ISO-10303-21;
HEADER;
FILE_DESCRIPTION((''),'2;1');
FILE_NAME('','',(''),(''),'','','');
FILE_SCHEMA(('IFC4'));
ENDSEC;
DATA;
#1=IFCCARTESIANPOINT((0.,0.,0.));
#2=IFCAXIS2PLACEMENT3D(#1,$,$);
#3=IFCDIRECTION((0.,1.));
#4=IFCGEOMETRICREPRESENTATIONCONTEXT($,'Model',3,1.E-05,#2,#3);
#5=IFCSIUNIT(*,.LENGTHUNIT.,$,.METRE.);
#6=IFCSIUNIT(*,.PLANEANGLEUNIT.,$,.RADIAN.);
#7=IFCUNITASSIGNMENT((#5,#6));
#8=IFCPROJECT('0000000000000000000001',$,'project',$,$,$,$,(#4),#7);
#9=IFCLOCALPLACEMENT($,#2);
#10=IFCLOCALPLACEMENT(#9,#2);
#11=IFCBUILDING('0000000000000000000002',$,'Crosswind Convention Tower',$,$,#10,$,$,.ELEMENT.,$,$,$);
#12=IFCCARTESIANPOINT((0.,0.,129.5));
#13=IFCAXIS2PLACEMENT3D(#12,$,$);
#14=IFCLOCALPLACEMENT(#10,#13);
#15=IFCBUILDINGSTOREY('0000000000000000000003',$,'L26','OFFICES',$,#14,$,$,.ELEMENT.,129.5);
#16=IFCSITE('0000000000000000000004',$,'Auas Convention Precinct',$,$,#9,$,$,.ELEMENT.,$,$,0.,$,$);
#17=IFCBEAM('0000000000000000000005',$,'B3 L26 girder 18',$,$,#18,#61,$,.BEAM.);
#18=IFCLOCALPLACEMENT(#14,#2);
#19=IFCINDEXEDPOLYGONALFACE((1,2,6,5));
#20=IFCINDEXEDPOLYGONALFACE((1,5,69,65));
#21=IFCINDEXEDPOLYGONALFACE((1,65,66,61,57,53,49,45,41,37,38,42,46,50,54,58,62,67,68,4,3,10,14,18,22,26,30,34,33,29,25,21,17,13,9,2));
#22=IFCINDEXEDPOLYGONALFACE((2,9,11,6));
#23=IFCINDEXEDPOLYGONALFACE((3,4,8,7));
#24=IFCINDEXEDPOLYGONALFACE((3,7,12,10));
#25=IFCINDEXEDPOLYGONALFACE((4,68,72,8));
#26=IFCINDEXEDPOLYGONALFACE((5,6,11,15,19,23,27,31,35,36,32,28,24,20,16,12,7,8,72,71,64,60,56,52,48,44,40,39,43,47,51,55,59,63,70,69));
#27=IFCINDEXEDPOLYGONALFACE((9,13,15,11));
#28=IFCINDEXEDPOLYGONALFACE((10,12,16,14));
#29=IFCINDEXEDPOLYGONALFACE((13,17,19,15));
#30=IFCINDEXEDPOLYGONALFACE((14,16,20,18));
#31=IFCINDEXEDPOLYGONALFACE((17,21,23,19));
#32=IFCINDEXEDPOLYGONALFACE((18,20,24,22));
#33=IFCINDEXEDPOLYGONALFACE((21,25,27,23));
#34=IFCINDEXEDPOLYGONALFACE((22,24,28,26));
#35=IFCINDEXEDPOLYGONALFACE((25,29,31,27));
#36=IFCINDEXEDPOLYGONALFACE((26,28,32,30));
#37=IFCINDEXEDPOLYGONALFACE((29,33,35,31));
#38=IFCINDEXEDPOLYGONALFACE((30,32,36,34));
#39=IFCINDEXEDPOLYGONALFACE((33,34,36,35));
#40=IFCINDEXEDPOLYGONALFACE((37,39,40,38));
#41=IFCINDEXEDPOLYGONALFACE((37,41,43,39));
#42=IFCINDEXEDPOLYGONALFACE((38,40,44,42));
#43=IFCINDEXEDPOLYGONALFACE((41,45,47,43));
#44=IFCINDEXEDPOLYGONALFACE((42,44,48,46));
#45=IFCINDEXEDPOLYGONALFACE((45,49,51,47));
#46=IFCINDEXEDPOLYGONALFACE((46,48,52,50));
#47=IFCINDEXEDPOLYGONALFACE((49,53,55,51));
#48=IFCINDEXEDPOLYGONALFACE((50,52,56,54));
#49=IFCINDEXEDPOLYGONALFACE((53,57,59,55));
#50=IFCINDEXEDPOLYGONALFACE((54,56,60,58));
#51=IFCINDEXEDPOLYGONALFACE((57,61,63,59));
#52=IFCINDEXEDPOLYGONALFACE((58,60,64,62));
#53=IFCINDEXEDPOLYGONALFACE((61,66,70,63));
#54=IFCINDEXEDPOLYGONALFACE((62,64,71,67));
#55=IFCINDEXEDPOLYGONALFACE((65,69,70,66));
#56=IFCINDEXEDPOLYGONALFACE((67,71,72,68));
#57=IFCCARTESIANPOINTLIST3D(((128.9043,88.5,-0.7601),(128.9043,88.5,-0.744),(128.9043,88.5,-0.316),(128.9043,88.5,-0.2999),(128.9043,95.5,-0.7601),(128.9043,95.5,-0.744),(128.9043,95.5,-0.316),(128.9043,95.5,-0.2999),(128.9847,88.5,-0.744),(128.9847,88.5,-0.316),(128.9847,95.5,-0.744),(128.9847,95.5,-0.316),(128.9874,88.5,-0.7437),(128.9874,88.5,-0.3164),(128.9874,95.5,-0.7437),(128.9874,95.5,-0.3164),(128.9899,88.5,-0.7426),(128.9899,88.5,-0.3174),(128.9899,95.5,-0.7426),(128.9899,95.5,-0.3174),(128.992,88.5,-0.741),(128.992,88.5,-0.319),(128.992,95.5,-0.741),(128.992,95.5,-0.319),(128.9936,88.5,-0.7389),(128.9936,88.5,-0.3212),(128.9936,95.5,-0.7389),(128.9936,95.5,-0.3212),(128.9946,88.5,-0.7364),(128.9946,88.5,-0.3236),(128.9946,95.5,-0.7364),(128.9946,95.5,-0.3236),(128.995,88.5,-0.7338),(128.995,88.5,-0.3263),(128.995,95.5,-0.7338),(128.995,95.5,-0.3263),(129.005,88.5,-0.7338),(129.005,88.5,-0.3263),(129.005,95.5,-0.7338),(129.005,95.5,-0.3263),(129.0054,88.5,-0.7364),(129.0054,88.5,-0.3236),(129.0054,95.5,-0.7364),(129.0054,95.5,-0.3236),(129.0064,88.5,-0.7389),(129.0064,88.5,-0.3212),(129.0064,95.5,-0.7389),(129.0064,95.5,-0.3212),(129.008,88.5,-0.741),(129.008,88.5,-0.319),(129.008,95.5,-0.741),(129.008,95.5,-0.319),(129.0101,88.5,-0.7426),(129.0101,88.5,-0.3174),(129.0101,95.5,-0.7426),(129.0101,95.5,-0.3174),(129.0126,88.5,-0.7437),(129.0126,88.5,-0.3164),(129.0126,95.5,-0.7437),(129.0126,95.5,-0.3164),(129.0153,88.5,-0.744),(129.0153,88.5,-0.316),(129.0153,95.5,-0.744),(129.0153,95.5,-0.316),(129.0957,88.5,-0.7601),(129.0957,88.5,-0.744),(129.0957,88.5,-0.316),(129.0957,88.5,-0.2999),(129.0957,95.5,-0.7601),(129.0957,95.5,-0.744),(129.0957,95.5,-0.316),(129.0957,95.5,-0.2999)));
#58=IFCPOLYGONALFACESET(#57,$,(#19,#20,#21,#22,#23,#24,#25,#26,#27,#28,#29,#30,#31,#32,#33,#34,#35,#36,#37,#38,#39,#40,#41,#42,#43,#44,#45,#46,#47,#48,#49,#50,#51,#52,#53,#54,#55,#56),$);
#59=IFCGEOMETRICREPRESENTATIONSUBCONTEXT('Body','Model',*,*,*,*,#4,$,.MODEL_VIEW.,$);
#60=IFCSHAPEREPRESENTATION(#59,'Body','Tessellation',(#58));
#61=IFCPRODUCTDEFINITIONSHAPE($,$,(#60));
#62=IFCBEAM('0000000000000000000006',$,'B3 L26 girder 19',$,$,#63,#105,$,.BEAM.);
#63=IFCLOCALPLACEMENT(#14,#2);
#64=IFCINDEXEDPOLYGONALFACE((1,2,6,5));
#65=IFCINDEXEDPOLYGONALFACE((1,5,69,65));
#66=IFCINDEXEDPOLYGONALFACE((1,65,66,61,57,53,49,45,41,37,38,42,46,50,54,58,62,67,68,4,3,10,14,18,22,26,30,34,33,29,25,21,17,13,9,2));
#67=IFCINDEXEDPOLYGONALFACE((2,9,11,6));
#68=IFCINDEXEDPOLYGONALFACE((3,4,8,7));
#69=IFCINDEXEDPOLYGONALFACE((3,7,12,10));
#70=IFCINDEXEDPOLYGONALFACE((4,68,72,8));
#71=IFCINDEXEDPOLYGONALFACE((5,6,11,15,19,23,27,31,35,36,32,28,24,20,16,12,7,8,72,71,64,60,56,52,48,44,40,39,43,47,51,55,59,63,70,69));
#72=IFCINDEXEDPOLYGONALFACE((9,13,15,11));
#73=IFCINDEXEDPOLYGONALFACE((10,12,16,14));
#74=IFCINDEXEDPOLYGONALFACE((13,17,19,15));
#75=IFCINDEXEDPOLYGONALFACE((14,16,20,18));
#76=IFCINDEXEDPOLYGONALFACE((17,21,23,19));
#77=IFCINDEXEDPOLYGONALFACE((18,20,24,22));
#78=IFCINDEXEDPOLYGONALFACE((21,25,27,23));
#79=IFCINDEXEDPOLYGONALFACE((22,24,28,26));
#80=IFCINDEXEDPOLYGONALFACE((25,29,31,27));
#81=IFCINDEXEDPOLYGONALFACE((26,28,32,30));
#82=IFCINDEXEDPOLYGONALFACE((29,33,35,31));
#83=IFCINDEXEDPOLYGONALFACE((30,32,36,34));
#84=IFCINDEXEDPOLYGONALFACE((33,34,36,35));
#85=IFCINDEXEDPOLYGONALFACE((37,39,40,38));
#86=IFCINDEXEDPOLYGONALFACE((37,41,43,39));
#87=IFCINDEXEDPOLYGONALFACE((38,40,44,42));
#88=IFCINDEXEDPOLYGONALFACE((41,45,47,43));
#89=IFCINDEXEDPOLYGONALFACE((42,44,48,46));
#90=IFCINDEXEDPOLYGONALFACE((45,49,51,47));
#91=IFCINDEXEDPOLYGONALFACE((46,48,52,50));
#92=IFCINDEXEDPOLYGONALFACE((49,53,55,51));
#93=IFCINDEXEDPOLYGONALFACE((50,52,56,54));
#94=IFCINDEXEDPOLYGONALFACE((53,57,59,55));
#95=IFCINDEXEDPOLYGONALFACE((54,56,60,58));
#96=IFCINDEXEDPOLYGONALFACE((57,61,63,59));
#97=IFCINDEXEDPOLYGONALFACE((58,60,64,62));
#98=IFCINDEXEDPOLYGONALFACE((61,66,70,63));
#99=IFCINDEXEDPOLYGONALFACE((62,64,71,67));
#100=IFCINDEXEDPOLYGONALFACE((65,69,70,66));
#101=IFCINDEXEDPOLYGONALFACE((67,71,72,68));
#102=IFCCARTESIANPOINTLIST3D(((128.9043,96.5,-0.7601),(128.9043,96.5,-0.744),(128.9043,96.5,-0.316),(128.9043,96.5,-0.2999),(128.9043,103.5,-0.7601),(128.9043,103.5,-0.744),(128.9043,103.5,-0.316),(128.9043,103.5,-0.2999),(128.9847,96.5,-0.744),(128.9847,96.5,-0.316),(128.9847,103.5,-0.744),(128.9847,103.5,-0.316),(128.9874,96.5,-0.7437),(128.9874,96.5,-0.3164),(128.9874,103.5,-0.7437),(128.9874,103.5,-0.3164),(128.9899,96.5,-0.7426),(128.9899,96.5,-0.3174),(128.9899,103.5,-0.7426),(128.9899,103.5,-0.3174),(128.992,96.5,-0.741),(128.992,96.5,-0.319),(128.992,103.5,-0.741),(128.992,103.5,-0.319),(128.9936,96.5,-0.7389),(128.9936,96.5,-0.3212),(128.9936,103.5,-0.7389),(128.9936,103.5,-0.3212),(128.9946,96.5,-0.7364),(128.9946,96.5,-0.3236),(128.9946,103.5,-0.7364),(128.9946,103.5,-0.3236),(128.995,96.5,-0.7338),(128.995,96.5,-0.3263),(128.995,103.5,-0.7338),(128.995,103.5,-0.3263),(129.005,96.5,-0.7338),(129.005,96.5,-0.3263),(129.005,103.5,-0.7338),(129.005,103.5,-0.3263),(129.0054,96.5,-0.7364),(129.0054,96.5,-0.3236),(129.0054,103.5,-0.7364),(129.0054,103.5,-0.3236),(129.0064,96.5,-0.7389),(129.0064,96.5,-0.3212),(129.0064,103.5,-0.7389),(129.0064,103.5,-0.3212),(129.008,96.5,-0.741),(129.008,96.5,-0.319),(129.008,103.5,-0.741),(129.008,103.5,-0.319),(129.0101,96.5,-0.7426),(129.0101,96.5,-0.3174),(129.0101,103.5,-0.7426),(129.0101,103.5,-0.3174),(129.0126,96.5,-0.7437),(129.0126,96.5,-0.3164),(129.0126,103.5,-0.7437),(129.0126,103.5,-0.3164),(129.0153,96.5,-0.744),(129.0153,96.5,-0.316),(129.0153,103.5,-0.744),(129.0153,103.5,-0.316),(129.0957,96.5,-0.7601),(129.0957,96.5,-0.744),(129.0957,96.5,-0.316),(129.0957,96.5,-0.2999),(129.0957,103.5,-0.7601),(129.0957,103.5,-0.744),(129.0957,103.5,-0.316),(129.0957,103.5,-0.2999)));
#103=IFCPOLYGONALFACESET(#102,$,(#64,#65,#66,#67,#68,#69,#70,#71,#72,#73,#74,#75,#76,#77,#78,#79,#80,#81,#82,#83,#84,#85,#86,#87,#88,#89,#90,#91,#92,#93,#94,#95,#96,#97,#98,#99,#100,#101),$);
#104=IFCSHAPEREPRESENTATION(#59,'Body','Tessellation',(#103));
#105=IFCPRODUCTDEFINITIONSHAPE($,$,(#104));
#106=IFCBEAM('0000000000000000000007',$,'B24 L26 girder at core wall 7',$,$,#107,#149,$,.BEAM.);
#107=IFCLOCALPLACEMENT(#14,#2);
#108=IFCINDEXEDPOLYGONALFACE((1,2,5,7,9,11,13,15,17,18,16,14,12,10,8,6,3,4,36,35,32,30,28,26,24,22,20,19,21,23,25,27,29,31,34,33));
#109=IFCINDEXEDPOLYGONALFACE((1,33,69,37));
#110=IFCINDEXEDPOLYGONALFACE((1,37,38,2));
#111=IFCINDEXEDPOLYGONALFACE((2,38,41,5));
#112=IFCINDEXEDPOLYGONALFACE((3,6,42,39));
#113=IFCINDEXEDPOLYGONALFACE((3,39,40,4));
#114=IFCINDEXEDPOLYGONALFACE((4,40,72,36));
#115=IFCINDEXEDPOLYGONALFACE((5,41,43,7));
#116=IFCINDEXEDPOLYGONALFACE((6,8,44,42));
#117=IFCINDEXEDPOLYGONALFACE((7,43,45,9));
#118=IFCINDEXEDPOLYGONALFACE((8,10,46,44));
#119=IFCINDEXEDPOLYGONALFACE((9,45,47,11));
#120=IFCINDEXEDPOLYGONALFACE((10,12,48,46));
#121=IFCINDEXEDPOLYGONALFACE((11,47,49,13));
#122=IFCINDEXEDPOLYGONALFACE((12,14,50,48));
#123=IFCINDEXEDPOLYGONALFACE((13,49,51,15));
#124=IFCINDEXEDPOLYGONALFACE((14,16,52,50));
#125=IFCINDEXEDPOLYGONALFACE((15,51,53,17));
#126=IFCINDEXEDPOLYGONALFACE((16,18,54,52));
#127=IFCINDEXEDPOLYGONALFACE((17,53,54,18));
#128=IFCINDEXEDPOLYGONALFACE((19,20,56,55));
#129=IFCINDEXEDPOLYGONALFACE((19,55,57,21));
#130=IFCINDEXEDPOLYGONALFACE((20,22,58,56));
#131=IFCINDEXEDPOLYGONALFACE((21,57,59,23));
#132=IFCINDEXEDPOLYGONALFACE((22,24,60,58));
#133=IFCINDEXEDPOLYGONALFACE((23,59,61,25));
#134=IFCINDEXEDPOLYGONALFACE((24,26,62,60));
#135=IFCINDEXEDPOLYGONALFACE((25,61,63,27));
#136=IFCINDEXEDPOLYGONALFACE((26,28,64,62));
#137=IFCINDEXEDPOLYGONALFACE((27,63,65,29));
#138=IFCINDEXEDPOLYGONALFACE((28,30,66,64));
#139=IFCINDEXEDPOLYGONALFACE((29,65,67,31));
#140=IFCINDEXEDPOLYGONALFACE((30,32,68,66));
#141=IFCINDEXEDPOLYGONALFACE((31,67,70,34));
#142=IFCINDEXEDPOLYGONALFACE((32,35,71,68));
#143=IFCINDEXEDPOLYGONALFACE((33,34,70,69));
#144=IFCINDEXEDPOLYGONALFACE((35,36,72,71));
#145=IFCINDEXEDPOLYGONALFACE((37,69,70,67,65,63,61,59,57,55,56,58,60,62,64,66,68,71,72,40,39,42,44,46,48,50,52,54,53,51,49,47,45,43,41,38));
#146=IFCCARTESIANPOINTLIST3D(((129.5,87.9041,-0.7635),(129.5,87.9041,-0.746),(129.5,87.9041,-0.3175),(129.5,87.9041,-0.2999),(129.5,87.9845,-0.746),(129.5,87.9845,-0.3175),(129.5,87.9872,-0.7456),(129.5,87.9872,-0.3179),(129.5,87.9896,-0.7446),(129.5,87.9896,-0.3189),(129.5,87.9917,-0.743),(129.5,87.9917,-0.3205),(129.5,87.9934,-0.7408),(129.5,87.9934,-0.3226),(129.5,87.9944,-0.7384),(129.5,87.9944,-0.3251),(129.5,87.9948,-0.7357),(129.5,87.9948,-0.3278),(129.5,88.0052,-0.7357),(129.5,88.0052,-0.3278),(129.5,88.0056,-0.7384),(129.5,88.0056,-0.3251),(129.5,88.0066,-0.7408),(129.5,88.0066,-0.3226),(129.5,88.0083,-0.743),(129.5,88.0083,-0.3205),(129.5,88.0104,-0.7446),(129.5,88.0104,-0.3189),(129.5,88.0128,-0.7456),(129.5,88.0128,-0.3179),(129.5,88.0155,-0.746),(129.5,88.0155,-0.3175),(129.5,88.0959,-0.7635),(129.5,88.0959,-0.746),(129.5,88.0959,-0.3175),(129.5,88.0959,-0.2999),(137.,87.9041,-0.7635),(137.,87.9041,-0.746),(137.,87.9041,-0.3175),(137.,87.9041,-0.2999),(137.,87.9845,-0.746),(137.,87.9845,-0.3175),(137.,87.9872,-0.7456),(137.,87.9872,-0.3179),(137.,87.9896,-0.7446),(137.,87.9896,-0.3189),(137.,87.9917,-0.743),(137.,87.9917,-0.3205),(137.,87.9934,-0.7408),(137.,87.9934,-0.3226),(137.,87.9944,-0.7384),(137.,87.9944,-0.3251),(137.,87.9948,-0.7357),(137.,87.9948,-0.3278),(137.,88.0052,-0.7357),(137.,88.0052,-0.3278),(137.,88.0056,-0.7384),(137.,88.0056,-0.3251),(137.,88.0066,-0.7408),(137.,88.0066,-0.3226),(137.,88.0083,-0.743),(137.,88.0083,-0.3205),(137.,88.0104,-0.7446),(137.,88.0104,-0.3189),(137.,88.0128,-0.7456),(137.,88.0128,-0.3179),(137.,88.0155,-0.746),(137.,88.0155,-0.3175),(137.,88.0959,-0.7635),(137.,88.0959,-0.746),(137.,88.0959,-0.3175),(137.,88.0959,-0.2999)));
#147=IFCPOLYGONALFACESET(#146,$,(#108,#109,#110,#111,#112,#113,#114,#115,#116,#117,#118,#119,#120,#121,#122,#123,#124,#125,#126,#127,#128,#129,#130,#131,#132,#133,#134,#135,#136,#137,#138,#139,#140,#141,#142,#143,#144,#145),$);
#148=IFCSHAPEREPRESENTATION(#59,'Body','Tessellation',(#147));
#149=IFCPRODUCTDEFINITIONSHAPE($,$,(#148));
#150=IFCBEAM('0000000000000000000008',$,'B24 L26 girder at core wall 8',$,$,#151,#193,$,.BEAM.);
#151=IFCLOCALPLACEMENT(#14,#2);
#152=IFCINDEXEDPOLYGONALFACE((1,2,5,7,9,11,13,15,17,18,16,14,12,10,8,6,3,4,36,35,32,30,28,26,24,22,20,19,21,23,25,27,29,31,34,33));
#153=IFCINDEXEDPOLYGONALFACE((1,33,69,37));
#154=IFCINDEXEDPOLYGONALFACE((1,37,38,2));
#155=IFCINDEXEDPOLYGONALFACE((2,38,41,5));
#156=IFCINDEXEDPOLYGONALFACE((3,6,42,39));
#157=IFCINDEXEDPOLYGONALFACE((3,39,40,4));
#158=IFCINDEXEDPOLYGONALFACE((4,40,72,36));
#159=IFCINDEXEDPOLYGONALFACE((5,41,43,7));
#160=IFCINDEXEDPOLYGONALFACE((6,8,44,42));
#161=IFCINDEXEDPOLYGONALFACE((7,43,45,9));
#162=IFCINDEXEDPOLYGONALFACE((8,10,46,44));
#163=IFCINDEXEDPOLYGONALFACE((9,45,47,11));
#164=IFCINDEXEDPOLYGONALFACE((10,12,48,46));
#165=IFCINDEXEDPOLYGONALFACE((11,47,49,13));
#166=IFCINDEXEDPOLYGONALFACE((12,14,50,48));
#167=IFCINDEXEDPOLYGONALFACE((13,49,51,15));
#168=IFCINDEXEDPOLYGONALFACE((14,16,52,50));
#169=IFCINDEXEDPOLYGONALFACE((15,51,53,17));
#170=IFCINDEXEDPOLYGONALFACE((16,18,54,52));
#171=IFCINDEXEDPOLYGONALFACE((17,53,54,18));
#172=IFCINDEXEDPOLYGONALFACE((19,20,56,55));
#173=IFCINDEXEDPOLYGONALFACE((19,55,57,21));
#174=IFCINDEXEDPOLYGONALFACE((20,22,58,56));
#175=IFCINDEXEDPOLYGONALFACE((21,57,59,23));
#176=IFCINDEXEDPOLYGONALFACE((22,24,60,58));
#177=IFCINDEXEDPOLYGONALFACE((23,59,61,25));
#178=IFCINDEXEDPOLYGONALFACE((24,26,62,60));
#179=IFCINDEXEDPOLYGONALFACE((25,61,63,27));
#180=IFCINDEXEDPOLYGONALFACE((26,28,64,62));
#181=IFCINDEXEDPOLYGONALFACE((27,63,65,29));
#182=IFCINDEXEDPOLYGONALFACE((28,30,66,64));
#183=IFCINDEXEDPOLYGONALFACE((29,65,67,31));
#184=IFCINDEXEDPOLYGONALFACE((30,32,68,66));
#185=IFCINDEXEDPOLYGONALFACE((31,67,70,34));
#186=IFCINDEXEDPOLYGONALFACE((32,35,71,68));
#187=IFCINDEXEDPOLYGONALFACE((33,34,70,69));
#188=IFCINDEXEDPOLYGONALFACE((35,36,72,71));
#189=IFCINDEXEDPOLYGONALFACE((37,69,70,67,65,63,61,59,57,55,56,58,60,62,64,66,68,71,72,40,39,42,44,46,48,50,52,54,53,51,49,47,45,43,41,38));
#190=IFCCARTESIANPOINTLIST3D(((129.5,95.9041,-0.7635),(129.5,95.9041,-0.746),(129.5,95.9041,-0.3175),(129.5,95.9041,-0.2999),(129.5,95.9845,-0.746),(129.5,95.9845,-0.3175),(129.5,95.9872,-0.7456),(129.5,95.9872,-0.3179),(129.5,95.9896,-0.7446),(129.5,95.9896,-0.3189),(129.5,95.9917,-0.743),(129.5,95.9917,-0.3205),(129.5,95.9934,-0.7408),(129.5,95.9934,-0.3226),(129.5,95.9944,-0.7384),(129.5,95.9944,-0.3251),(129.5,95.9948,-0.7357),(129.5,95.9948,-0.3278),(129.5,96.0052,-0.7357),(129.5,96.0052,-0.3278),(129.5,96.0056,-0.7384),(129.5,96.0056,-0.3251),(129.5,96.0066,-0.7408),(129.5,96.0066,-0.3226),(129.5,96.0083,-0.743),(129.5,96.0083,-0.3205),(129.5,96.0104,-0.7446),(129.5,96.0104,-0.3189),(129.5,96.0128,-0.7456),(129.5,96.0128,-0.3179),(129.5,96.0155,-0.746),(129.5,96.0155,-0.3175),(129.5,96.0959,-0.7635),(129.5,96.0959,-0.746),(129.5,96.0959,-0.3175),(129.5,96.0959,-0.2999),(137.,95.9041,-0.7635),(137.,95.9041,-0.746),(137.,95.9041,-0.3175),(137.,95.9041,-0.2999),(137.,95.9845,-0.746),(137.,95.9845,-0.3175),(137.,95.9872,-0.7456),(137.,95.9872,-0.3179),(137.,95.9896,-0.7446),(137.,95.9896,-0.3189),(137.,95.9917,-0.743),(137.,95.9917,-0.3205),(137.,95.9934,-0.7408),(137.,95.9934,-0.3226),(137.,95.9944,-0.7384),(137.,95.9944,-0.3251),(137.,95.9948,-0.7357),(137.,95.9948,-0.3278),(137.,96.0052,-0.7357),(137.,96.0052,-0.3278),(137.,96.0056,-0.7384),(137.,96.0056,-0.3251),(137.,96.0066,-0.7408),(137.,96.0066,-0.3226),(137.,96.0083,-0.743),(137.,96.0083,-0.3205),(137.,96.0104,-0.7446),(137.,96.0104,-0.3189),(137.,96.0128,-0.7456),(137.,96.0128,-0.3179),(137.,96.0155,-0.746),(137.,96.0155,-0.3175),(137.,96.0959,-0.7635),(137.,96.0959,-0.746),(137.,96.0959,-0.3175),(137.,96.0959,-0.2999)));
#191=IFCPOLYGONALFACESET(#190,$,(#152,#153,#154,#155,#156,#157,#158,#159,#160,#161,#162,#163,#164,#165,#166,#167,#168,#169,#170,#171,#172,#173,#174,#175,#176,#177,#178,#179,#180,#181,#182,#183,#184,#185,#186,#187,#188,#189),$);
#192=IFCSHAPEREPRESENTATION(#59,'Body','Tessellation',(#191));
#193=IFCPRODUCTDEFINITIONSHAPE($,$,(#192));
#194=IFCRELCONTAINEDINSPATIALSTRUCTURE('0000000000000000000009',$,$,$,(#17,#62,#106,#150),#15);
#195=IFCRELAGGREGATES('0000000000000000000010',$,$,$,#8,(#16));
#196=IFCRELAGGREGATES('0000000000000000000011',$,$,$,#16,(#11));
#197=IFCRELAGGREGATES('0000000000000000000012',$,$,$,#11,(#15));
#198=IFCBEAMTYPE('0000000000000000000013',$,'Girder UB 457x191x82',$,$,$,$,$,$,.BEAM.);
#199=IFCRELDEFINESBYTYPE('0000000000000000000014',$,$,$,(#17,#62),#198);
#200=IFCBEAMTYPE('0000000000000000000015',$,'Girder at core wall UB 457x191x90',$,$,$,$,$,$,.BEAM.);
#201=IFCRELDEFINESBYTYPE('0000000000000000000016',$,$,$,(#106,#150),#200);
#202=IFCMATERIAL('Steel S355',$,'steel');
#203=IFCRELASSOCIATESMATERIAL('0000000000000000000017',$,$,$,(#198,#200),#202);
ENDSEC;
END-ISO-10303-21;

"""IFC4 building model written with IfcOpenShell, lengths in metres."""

from ifc_helpers import new_model, si_unit, direction, frame, origin, origin_2d, place, context, subcontext, project, spatial, i_section, extrude, material, material_profile, profile_set, type_object, element, save


model = new_model("IFC4")

# Units and contexts
model_context = context("Model", 3, precision=1e-05, world=origin(), true_north=direction((0.0, 1.0)))
body_context = subcontext(model_context, "Body", "Model", "MODEL_VIEW")
ifc_project = project(units=[si_unit("LENGTHUNIT", "METRE"), si_unit("PLANEANGLEUNIT", "RADIAN")], contexts=[model_context])

# Site, building, storey
site_placement = place(None, origin())
site = spatial("IfcSite", under=ifc_project, at=site_placement, Name="Auas Convention Precinct", CompositionType="ELEMENT", RefElevation=0.0)
building_placement = place(site_placement, origin())
building = spatial("IfcBuilding", under=site, at=building_placement, Name="Crosswind Convention Tower", CompositionType="ELEMENT")
storey_placement = place(building_placement, frame((0.0, 0.0, 129.5)))
storey = spatial("IfcBuildingStorey", under=building, at=storey_placement, Name="L26", Description="OFFICES", CompositionType="ELEMENT", Elevation=129.5)

# Beams
ifc_material_1 = material(Name="Steel S355", Category="steel")
ifc_material_profile_1 = material_profile(ifc_material_1, i_section(OverallWidth=0.1914, OverallDepth=0.4602, WebThickness=0.01, FlangeThickness=0.0161, FilletRadius=0.0103, at=origin_2d()), Name="UB 457x191x82")
ifc_profile_set_1 = profile_set([ifc_material_profile_1], Name="Steel S355")
beam_type_1 = type_object("IfcBeamType", Name="Girder UB 457x191x82", PredefinedType="BEAM", material=ifc_profile_set_1)
for number, where, z_axis, x_axis, name in (
    (1, (129.0, 88.5, -0.53), (0.0, 1.0, 0.0), (-1.0, 0.0, 0.0), "B3 L26 girder 18"),
    (2, (129.0, 96.5, -0.53), (0.0, 1.0, 0.0), (-1.0, 0.0, 0.0), "B3 L26 girder 19"),
):
    element("IfcBeam", number, at=place(storey_placement, frame(where, z_axis=z_axis, x_axis=x_axis)), inside=storey, type_object=beam_type_1, Name=name, PredefinedType="BEAM", context=body_context, shape_type="SweptSolid", body=[
        extrude(i_section(OverallWidth=0.1914, OverallDepth=0.4602, WebThickness=0.01, FlangeThickness=0.0161, FilletRadius=0.0103, at=origin_2d()), origin(), (0.0, 0.0, 1.0), 7.0),
    ])
ifc_material_profile_2 = material_profile(ifc_material_1, i_section(OverallWidth=0.1919, OverallDepth=0.4636, WebThickness=0.0105, FlangeThickness=0.0176, FilletRadius=0.0103, at=origin_2d()), Name="UB 457x191x90")
ifc_profile_set_2 = profile_set([ifc_material_profile_2], Name="Steel S355")
beam_type_2 = type_object("IfcBeamType", Name="Girder at core wall UB 457x191x90", PredefinedType="BEAM", material=ifc_profile_set_2)
for number, where, z_axis, x_axis, name in (
    (3, (129.5, 88.0, -0.5317), (1.0, 0.0, 0.0), (0.0, 1.0, 0.0), "B24 L26 girder at core wall 7"),
    (4, (129.5, 96.0, -0.5317), (1.0, 0.0, 0.0), (0.0, 1.0, 0.0), "B24 L26 girder at core wall 8"),
):
    element("IfcBeam", number, at=place(storey_placement, frame(where, z_axis=z_axis, x_axis=x_axis)), inside=storey, type_object=beam_type_2, Name=name, PredefinedType="BEAM", context=body_context, shape_type="SweptSolid", body=[
        extrude(i_section(OverallWidth=0.1919, OverallDepth=0.4636, WebThickness=0.0105, FlangeThickness=0.0176, FilletRadius=0.0103, at=origin_2d()), origin(), (0.0, 0.0, 1.0), 7.5),
    ])

save(model, "model.ifc")
